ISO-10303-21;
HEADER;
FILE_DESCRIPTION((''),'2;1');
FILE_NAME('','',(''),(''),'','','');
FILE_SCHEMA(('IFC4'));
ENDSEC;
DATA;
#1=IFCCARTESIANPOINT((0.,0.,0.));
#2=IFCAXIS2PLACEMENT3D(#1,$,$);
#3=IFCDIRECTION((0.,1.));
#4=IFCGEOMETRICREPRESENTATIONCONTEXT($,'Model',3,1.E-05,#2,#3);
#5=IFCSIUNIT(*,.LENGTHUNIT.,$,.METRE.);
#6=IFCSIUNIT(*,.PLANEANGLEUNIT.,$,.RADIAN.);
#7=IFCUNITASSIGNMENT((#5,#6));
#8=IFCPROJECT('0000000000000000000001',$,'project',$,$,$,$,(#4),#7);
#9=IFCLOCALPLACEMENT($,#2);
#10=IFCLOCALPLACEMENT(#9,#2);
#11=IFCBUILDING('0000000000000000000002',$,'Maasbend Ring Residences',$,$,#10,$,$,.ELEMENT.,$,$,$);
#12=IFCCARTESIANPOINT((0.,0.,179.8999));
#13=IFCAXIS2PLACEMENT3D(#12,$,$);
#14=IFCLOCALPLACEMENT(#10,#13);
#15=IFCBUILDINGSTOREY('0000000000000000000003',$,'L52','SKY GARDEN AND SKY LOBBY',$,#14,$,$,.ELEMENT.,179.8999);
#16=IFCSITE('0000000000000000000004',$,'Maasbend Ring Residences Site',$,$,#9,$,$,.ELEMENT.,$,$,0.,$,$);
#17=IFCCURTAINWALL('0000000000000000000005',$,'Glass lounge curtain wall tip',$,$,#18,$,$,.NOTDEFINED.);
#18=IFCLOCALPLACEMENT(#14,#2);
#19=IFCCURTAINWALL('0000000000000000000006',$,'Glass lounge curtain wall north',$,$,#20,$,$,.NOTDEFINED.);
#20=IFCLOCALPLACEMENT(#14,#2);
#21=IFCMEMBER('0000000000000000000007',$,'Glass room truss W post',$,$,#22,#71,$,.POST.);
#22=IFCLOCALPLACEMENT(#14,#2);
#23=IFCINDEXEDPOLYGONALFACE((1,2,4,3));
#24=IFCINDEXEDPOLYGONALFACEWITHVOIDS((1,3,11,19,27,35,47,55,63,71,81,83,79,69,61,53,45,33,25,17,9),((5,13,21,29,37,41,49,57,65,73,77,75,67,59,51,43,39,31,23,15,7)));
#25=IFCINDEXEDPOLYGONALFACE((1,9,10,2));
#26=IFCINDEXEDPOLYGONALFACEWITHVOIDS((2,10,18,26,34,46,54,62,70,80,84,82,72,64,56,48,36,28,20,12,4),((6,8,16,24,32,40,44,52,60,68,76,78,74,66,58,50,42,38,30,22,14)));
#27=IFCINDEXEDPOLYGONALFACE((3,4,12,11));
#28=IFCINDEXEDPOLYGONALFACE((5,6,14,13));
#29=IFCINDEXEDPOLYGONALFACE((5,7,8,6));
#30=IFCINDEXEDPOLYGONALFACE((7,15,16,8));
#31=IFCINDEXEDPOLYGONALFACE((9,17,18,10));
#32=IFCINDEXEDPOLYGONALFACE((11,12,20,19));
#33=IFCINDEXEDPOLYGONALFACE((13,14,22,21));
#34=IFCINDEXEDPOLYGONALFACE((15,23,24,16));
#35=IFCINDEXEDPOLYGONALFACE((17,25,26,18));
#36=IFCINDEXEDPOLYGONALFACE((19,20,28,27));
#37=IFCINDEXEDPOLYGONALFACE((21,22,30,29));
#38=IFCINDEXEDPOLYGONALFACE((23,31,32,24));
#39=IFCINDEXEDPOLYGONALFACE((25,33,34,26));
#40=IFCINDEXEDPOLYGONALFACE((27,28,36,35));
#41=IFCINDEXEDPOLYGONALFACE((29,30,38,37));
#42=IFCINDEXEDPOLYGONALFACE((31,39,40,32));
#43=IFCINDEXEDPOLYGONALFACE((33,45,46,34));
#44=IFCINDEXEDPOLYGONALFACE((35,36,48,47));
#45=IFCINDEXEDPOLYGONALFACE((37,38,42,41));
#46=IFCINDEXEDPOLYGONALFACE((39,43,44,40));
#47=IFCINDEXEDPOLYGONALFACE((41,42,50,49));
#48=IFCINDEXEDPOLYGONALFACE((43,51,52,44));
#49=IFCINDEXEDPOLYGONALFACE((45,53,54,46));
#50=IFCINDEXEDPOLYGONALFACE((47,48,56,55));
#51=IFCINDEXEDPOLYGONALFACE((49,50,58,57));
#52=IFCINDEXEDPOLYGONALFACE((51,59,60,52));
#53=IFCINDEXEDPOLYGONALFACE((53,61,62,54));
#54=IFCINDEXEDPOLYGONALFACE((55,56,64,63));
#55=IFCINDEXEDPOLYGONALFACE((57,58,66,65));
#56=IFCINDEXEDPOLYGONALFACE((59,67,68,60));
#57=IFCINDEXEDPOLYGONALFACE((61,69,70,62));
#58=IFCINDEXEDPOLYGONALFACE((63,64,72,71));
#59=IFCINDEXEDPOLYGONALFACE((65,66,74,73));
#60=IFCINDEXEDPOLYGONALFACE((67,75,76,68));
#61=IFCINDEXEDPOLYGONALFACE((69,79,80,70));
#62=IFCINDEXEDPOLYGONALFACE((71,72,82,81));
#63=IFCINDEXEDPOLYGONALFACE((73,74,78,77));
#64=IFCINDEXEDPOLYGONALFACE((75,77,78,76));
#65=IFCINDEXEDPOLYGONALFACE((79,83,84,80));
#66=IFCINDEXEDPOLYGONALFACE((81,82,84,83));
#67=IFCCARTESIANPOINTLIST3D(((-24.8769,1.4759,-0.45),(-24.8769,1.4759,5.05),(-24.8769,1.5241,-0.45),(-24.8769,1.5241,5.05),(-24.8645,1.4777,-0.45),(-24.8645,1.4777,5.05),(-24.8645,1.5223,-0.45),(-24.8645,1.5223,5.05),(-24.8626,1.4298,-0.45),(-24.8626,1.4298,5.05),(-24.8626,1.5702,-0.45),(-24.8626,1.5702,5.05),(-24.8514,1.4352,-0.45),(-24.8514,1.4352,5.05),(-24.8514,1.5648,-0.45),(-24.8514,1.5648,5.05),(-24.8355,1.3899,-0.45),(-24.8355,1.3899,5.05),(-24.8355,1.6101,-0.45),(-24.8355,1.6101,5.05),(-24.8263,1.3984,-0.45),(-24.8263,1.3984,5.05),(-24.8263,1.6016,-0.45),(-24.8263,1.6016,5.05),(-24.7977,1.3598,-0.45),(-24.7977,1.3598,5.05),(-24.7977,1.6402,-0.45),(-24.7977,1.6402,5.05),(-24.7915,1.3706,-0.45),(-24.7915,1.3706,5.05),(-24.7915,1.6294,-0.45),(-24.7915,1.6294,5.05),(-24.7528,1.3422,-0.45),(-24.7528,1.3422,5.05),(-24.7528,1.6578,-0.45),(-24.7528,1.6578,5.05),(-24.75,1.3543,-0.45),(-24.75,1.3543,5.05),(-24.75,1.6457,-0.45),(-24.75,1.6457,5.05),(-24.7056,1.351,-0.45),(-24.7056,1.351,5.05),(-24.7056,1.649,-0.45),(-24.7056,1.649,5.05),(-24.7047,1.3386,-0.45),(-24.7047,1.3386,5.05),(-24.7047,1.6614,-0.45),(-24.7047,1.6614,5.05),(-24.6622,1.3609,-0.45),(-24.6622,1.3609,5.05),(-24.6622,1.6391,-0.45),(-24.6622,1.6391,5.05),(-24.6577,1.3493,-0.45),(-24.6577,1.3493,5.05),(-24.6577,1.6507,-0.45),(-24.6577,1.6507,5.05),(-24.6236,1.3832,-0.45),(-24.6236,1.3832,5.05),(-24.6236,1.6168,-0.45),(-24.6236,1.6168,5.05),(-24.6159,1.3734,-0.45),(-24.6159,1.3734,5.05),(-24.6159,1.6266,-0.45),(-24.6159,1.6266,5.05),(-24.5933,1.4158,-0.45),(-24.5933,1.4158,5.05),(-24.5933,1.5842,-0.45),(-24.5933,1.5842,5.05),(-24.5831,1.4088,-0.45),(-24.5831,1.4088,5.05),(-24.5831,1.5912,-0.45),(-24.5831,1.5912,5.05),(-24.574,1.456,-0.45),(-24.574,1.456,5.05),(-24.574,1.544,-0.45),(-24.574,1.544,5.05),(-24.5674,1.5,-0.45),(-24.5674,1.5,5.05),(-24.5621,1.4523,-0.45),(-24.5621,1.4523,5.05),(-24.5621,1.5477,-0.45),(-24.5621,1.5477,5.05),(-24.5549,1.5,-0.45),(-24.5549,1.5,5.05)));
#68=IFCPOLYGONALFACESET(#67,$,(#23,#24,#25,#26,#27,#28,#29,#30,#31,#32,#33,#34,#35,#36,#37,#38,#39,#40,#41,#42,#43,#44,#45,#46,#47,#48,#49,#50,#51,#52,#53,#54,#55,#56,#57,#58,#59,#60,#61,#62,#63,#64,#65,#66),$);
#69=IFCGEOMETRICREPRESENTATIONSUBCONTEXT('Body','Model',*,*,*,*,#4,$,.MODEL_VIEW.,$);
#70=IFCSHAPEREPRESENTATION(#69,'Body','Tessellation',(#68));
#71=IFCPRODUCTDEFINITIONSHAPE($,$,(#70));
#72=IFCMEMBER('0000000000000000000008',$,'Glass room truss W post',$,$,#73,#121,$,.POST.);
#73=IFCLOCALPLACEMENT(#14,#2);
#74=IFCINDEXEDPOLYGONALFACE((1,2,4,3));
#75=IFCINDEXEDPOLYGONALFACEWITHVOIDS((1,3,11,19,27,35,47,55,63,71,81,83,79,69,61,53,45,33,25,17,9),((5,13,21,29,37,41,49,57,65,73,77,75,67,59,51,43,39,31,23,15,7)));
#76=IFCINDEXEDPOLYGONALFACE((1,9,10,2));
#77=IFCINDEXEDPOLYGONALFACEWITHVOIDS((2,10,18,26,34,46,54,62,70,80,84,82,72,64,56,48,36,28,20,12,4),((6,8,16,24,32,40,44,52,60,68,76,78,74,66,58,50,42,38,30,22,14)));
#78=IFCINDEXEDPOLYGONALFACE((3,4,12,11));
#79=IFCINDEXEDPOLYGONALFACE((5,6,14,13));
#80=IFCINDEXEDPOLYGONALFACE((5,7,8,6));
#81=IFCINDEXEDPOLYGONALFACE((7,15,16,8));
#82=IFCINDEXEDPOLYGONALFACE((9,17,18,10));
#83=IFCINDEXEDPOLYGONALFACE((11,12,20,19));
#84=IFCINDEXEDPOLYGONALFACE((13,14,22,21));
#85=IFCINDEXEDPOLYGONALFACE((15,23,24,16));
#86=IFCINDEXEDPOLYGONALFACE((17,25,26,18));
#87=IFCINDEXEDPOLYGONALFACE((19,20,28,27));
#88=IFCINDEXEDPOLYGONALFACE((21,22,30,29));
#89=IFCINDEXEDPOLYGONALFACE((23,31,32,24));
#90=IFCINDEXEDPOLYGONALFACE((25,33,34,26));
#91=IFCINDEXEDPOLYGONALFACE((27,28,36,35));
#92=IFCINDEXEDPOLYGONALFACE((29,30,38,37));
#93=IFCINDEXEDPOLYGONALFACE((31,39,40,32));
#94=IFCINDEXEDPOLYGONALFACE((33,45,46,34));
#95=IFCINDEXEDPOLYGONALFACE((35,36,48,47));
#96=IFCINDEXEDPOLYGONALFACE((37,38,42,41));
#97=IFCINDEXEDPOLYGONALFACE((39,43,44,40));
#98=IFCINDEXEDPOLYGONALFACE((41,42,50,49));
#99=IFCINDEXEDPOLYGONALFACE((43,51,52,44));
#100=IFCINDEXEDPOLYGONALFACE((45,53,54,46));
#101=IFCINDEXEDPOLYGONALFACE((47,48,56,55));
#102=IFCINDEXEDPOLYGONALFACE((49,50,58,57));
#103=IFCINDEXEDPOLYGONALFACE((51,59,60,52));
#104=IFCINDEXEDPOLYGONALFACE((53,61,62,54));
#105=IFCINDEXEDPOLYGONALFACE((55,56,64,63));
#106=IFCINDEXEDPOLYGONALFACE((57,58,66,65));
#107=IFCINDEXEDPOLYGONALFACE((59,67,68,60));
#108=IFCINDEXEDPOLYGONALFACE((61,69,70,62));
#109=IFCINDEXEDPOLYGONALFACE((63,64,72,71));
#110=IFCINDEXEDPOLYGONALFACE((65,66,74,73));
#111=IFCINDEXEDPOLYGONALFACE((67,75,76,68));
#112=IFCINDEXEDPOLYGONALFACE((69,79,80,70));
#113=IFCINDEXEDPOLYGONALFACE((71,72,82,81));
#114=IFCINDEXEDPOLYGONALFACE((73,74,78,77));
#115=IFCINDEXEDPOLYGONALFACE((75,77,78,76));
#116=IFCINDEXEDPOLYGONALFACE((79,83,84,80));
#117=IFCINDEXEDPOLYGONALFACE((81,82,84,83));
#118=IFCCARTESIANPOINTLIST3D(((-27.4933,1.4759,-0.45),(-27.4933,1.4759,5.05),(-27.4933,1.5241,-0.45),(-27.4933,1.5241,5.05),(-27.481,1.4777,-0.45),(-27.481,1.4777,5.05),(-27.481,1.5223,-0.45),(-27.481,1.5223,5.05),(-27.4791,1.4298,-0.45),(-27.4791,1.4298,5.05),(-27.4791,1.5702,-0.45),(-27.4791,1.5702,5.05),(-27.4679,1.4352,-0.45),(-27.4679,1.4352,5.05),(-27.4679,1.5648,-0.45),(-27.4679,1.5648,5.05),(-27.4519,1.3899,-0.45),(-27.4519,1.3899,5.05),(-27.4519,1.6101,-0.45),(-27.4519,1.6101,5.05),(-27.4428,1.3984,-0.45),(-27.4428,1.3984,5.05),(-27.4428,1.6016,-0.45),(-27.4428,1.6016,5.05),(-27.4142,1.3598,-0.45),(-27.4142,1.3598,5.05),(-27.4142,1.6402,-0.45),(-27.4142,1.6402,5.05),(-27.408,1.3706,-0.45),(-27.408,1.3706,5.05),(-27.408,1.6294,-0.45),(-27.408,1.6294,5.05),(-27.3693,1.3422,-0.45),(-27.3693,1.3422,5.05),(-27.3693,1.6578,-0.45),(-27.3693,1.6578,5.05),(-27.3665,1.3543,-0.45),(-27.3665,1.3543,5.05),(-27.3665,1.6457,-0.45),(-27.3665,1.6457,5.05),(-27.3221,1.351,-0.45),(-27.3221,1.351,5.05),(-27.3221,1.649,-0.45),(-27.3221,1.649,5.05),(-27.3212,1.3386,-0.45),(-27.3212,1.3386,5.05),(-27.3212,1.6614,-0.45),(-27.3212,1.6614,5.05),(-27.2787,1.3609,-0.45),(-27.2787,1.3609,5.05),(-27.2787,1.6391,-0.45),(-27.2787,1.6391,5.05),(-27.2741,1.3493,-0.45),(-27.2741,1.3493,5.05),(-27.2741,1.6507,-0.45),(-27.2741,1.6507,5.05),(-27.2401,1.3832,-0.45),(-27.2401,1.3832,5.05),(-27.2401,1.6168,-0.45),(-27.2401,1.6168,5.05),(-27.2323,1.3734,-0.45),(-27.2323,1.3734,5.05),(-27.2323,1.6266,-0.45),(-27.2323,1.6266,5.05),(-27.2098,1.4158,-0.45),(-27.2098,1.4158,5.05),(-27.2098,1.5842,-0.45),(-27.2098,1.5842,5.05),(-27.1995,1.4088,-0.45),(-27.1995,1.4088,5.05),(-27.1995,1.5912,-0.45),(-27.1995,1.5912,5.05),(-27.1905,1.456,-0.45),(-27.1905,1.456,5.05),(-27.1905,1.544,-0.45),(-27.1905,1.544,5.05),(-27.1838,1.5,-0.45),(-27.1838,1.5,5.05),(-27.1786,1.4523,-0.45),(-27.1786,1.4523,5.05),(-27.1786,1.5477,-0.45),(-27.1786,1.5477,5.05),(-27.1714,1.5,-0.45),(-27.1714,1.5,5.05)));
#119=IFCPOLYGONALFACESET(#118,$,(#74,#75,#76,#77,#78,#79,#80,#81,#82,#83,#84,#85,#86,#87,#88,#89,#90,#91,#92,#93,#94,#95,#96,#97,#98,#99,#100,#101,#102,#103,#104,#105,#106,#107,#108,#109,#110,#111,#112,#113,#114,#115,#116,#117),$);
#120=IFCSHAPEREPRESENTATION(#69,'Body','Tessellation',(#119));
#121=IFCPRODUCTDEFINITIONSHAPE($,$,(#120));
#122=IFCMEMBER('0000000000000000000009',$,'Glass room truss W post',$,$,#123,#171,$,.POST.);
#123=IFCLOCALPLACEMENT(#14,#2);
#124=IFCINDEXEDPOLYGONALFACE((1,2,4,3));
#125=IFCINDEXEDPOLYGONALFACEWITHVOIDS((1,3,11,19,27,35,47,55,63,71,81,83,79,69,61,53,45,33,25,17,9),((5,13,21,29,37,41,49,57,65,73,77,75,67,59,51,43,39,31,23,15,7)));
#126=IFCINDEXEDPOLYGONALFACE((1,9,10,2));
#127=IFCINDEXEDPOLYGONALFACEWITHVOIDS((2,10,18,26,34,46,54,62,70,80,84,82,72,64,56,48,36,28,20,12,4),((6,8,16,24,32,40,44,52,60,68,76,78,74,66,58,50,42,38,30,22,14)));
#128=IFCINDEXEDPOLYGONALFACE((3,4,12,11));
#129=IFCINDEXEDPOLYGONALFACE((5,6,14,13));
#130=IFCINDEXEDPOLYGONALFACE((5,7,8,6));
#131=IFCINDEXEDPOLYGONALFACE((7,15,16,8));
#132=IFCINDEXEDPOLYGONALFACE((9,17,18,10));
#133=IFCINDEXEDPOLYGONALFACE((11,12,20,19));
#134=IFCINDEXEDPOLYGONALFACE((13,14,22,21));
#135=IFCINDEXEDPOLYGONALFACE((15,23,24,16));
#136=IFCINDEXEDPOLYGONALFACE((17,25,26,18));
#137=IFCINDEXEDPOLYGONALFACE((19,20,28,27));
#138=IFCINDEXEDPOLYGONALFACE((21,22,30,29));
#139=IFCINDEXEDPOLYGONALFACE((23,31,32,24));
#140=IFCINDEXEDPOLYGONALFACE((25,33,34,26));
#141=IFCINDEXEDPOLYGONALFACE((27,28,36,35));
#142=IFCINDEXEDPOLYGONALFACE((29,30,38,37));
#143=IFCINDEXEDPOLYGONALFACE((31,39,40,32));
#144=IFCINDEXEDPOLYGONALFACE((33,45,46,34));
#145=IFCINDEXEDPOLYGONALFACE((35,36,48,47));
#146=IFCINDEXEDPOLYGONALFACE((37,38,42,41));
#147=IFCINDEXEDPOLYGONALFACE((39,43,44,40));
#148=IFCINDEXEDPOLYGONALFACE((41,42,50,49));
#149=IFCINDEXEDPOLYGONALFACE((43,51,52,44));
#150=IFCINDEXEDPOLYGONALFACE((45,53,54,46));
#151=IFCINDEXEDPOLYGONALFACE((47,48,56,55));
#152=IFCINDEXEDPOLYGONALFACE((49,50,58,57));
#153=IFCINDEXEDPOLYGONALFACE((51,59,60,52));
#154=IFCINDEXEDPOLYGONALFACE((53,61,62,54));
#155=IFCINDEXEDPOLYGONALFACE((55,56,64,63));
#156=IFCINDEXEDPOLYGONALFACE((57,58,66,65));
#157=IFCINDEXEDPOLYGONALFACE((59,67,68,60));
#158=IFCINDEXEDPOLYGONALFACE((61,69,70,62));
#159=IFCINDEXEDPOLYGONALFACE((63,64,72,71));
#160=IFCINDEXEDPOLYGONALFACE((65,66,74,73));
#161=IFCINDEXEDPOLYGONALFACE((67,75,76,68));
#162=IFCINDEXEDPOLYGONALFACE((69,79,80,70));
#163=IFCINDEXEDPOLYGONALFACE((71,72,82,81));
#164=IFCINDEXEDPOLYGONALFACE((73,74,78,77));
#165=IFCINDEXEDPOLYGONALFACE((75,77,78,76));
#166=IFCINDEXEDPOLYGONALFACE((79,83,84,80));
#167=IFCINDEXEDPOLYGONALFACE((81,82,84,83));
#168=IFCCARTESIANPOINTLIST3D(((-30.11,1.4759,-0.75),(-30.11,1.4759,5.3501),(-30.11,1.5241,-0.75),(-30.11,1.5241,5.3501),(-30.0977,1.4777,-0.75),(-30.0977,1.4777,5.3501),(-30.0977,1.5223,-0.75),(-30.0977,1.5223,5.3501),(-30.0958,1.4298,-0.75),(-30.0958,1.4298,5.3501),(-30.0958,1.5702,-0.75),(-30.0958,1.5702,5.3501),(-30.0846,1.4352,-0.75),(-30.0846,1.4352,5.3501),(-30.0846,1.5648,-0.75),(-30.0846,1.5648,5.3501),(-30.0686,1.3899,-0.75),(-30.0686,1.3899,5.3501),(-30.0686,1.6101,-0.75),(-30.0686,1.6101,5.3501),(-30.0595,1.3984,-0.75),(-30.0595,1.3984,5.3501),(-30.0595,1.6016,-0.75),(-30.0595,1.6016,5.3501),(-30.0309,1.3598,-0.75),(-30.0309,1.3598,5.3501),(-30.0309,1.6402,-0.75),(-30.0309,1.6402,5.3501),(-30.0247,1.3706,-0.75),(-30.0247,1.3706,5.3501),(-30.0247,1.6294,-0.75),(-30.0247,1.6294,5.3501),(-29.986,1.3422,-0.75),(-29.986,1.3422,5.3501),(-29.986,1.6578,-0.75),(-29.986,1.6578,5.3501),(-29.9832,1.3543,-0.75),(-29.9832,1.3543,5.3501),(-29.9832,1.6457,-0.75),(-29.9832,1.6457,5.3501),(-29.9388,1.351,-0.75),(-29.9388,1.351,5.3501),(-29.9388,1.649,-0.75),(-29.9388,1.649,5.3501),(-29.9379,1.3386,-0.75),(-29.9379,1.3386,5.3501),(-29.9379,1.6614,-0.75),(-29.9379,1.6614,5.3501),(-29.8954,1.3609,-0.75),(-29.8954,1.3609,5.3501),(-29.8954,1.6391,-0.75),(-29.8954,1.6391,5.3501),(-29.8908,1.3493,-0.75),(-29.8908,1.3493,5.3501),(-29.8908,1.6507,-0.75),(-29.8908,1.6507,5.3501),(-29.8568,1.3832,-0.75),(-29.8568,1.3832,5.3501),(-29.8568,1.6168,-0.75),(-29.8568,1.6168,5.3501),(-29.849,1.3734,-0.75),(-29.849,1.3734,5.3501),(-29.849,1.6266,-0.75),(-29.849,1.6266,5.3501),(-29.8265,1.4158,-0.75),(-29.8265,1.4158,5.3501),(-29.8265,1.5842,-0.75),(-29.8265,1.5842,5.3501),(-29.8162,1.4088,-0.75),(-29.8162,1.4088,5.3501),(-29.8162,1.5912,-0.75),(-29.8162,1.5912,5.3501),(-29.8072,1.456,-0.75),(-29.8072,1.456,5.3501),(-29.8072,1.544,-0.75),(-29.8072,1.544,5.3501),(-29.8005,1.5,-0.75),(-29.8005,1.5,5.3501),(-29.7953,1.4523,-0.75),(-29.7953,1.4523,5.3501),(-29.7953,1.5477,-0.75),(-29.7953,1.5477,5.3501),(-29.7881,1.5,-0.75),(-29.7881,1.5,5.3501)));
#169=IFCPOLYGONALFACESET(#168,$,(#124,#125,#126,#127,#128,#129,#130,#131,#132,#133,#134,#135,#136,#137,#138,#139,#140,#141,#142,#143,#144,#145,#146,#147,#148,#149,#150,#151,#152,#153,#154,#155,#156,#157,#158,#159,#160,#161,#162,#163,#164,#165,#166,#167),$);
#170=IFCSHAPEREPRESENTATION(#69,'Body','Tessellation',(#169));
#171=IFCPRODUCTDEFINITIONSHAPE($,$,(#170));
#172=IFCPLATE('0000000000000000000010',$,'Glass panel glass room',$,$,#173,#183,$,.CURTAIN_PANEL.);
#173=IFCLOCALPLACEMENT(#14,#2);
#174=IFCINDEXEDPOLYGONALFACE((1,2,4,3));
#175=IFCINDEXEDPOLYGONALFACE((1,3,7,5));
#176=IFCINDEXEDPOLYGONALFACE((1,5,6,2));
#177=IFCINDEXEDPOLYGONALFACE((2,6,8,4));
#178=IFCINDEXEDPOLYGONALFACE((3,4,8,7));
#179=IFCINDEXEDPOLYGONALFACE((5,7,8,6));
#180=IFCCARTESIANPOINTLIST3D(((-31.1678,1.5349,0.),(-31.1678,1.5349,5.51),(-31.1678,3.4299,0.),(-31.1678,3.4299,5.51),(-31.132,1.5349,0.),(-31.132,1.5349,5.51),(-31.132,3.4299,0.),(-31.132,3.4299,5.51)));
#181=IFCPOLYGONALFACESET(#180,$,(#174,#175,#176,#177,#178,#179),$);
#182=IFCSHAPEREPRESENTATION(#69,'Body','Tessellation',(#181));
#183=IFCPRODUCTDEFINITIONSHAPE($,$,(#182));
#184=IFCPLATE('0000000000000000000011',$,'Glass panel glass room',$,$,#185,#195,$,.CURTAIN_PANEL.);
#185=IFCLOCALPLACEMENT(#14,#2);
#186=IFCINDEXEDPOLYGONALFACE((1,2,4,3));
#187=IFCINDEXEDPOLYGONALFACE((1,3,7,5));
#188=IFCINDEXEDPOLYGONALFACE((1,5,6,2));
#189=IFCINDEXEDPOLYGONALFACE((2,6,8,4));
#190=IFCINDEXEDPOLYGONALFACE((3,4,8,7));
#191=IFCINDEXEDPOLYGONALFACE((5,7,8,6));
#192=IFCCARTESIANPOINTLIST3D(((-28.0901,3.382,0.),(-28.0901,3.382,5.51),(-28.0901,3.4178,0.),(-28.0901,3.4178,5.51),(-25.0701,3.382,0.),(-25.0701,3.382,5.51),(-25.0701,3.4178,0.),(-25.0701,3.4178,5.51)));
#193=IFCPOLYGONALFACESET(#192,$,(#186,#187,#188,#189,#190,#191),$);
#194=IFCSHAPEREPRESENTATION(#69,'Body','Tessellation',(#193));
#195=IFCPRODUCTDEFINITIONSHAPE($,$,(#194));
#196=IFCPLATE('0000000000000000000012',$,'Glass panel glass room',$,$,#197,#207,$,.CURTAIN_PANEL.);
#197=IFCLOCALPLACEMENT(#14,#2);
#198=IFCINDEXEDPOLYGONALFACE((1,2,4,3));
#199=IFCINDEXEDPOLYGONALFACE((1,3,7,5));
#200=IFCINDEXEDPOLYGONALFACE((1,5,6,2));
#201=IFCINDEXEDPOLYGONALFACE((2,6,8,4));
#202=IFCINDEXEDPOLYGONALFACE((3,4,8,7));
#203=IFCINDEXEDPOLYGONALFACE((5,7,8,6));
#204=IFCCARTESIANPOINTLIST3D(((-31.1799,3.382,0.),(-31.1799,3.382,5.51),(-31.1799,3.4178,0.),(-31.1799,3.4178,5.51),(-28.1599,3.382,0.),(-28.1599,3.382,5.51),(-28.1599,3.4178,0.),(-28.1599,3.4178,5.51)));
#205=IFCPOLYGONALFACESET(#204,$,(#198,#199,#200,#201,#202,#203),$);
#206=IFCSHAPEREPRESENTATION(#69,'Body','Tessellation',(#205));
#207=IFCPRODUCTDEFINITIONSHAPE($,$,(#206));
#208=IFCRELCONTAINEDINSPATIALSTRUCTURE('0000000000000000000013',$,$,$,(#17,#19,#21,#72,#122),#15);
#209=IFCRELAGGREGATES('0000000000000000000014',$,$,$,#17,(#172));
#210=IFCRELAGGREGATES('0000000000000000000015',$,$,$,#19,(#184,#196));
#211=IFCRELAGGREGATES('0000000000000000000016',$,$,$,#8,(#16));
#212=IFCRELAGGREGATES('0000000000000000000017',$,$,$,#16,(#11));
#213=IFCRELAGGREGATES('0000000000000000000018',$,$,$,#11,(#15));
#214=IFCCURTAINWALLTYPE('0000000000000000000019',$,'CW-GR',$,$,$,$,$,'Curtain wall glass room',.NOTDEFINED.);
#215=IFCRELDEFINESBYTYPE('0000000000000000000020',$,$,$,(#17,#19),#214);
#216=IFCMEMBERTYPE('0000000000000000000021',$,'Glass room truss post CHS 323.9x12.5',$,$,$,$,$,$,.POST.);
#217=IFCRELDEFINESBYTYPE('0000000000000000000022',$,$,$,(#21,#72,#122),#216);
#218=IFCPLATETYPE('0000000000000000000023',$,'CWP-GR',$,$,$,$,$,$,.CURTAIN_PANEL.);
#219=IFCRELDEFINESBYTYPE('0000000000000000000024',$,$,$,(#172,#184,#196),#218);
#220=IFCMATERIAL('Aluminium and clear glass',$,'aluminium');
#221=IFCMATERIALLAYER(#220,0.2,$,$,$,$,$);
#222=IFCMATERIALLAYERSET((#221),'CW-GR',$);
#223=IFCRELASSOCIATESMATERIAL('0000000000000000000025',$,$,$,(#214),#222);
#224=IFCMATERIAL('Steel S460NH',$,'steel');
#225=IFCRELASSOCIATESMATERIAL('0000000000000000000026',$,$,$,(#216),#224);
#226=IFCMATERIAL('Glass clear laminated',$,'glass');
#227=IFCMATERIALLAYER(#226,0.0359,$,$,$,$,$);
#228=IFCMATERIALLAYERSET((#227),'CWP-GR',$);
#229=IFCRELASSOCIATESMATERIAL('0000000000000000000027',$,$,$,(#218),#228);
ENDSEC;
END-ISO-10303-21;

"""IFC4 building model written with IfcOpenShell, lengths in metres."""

from ifc_helpers import new_model, si_unit, direction, frame, origin, origin_2d, place, context, subcontext, project, spatial, rectangle, hollow_circle, extrude, material, layer, layer_set, material_profile, profile_set, type_object, element, aggregate, save


model = new_model("IFC4")

# Units and contexts
model_context = context("Model", 3, precision=1e-05, world=origin(), true_north=direction((0.0, 1.0)))
body_context = subcontext(model_context, "Body", "Model", "MODEL_VIEW")
ifc_project = project(units=[si_unit("LENGTHUNIT", "METRE"), si_unit("PLANEANGLEUNIT", "RADIAN")], contexts=[model_context])

# Site, building, storey
site_placement = place(None, origin())
site = spatial("IfcSite", under=ifc_project, at=site_placement, Name="Maasbend Ring Residences Site", CompositionType="ELEMENT", RefElevation=0.0)
building_placement = place(site_placement, origin())
building = spatial("IfcBuilding", under=site, at=building_placement, Name="Maasbend Ring Residences", CompositionType="ELEMENT")
storey_placement = place(building_placement, frame((0.0, 0.0, 179.8999)))
storey = spatial("IfcBuildingStorey", under=building, at=storey_placement, Name="L52", Description="SKY GARDEN AND SKY LOBBY", CompositionType="ELEMENT", Elevation=179.8999)

# Curtain walls
ifc_material_1 = material(Name="Aluminium and clear glass", Category="aluminium")
ifc_layer_1 = layer(ifc_material_1, 0.2)
ifc_layer_set_1 = layer_set([ifc_layer_1], Name="CW-GR")
curtain_wall_type = type_object("IfcCurtainWallType", Name="CW-GR", ElementType="Curtain wall glass room", PredefinedType="NOTDEFINED", material=ifc_layer_set_1)
curtain_wall_1_placement = place(storey_placement, origin())
curtain_wall_1 = element("IfcCurtainWall", 1, at=curtain_wall_1_placement, inside=storey, type_object=curtain_wall_type, Name="Glass lounge curtain wall tip", PredefinedType="NOTDEFINED")
curtain_wall_2_placement = place(storey_placement, origin())
curtain_wall_2 = element("IfcCurtainWall", 2, at=curtain_wall_2_placement, inside=storey, type_object=curtain_wall_type, Name="Glass lounge curtain wall north", PredefinedType="NOTDEFINED")

# Members
ifc_material_2 = material(Name="Steel S460NH", Category="steel")
ifc_material_profile_1 = material_profile(ifc_material_2, hollow_circle(Radius=0.1619, WallThickness=0.0125, at=origin_2d()), Name="Glass room truss post CHS 323.9x12.5")
ifc_profile_set_1 = profile_set([ifc_material_profile_1], Name="Steel S460NH")
member_type_1 = type_object("IfcMemberType", Name="Glass room truss post CHS 323.9x12.5", PredefinedType="POST", material=ifc_profile_set_1)
for number, where, z_axis, x_axis, name in (
    (3, (-24.7168, 1.5, -0.45), (0.0, 0.0, 1.0), (1.0, 0.0, 0.0), "Glass room truss W post"),
    (4, (-27.3333, 1.5, -0.45), (0.0, 0.0, 1.0), (1.0, 0.0, 0.0), "Glass room truss W post"),
):
    element("IfcMember", number, at=place(storey_placement, frame(where, z_axis=z_axis, x_axis=x_axis)), inside=storey, type_object=member_type_1, Name=name, PredefinedType="POST", context=body_context, shape_type="SweptSolid", body=[
        extrude(hollow_circle(Radius=0.1619, WallThickness=0.0125, at=origin_2d()), origin(), (0.0, 0.0, 1.0), 5.5),
    ])
member_1_placement = place(storey_placement, frame((-29.95, 1.5, -0.75), z_axis=(0.0, 0.0, 1.0), x_axis=(1.0, 0.0, 0.0)))
element("IfcMember", 5, at=member_1_placement, inside=storey, type_object=member_type_1, Name="Glass room truss W post", PredefinedType="POST", context=body_context, shape_type="SweptSolid", body=[
    extrude(hollow_circle(Radius=0.1619, WallThickness=0.0125, at=origin_2d()), origin(), (0.0, 0.0, 1.0), 6.1001),
])

# Plates
ifc_material_3 = material(Name="Glass clear laminated", Category="glass")
ifc_layer_2 = layer(ifc_material_3, 0.0359)
ifc_layer_set_2 = layer_set([ifc_layer_2], Name="CWP-GR")
plate_type = type_object("IfcPlateType", Name="CWP-GR", PredefinedType="CURTAIN_PANEL", material=ifc_layer_set_2)
plate_1_placement = place(storey_placement, frame((-31.1499, 2.4824, 0.0), z_axis=(0.0, 0.0, 1.0), x_axis=(0.0, 1.0, 0.0)))
plate_1 = element("IfcPlate", 6, at=plate_1_placement, type_object=plate_type, Name="Glass panel glass room", PredefinedType="CURTAIN_PANEL", context=body_context, shape_type="SweptSolid", body=[
    extrude(rectangle(XDim=1.895, YDim=0.0359, at=origin_2d()), origin(), (0.0, 0.0, 1.0), 5.51),
])
aggregate(curtain_wall_1, [plate_1])
plate_2_placement = place(storey_placement, frame((-26.5801, 3.3999, 0.0), z_axis=(0.0, 0.0, 1.0), x_axis=(-1.0, 0.0, 0.0)))
plate_2 = element("IfcPlate", 7, at=plate_2_placement, type_object=plate_type, Name="Glass panel glass room", PredefinedType="CURTAIN_PANEL", context=body_context, shape_type="SweptSolid", body=[
    extrude(rectangle(XDim=3.02, YDim=0.0359, at=origin_2d()), origin(), (0.0, 0.0, 1.0), 5.51),
])
plate_3_placement = place(storey_placement, frame((-29.6699, 3.3999, 0.0), z_axis=(0.0, 0.0, 1.0), x_axis=(-1.0, 0.0, 0.0)))
plate_3 = element("IfcPlate", 8, at=plate_3_placement, type_object=plate_type, Name="Glass panel glass room", PredefinedType="CURTAIN_PANEL", context=body_context, shape_type="SweptSolid", body=[
    extrude(rectangle(XDim=3.02, YDim=0.0359, at=origin_2d()), origin(), (0.0, 0.0, 1.0), 5.51),
])
aggregate(curtain_wall_2, [plate_2, plate_3])

save(model, "model.ifc")
